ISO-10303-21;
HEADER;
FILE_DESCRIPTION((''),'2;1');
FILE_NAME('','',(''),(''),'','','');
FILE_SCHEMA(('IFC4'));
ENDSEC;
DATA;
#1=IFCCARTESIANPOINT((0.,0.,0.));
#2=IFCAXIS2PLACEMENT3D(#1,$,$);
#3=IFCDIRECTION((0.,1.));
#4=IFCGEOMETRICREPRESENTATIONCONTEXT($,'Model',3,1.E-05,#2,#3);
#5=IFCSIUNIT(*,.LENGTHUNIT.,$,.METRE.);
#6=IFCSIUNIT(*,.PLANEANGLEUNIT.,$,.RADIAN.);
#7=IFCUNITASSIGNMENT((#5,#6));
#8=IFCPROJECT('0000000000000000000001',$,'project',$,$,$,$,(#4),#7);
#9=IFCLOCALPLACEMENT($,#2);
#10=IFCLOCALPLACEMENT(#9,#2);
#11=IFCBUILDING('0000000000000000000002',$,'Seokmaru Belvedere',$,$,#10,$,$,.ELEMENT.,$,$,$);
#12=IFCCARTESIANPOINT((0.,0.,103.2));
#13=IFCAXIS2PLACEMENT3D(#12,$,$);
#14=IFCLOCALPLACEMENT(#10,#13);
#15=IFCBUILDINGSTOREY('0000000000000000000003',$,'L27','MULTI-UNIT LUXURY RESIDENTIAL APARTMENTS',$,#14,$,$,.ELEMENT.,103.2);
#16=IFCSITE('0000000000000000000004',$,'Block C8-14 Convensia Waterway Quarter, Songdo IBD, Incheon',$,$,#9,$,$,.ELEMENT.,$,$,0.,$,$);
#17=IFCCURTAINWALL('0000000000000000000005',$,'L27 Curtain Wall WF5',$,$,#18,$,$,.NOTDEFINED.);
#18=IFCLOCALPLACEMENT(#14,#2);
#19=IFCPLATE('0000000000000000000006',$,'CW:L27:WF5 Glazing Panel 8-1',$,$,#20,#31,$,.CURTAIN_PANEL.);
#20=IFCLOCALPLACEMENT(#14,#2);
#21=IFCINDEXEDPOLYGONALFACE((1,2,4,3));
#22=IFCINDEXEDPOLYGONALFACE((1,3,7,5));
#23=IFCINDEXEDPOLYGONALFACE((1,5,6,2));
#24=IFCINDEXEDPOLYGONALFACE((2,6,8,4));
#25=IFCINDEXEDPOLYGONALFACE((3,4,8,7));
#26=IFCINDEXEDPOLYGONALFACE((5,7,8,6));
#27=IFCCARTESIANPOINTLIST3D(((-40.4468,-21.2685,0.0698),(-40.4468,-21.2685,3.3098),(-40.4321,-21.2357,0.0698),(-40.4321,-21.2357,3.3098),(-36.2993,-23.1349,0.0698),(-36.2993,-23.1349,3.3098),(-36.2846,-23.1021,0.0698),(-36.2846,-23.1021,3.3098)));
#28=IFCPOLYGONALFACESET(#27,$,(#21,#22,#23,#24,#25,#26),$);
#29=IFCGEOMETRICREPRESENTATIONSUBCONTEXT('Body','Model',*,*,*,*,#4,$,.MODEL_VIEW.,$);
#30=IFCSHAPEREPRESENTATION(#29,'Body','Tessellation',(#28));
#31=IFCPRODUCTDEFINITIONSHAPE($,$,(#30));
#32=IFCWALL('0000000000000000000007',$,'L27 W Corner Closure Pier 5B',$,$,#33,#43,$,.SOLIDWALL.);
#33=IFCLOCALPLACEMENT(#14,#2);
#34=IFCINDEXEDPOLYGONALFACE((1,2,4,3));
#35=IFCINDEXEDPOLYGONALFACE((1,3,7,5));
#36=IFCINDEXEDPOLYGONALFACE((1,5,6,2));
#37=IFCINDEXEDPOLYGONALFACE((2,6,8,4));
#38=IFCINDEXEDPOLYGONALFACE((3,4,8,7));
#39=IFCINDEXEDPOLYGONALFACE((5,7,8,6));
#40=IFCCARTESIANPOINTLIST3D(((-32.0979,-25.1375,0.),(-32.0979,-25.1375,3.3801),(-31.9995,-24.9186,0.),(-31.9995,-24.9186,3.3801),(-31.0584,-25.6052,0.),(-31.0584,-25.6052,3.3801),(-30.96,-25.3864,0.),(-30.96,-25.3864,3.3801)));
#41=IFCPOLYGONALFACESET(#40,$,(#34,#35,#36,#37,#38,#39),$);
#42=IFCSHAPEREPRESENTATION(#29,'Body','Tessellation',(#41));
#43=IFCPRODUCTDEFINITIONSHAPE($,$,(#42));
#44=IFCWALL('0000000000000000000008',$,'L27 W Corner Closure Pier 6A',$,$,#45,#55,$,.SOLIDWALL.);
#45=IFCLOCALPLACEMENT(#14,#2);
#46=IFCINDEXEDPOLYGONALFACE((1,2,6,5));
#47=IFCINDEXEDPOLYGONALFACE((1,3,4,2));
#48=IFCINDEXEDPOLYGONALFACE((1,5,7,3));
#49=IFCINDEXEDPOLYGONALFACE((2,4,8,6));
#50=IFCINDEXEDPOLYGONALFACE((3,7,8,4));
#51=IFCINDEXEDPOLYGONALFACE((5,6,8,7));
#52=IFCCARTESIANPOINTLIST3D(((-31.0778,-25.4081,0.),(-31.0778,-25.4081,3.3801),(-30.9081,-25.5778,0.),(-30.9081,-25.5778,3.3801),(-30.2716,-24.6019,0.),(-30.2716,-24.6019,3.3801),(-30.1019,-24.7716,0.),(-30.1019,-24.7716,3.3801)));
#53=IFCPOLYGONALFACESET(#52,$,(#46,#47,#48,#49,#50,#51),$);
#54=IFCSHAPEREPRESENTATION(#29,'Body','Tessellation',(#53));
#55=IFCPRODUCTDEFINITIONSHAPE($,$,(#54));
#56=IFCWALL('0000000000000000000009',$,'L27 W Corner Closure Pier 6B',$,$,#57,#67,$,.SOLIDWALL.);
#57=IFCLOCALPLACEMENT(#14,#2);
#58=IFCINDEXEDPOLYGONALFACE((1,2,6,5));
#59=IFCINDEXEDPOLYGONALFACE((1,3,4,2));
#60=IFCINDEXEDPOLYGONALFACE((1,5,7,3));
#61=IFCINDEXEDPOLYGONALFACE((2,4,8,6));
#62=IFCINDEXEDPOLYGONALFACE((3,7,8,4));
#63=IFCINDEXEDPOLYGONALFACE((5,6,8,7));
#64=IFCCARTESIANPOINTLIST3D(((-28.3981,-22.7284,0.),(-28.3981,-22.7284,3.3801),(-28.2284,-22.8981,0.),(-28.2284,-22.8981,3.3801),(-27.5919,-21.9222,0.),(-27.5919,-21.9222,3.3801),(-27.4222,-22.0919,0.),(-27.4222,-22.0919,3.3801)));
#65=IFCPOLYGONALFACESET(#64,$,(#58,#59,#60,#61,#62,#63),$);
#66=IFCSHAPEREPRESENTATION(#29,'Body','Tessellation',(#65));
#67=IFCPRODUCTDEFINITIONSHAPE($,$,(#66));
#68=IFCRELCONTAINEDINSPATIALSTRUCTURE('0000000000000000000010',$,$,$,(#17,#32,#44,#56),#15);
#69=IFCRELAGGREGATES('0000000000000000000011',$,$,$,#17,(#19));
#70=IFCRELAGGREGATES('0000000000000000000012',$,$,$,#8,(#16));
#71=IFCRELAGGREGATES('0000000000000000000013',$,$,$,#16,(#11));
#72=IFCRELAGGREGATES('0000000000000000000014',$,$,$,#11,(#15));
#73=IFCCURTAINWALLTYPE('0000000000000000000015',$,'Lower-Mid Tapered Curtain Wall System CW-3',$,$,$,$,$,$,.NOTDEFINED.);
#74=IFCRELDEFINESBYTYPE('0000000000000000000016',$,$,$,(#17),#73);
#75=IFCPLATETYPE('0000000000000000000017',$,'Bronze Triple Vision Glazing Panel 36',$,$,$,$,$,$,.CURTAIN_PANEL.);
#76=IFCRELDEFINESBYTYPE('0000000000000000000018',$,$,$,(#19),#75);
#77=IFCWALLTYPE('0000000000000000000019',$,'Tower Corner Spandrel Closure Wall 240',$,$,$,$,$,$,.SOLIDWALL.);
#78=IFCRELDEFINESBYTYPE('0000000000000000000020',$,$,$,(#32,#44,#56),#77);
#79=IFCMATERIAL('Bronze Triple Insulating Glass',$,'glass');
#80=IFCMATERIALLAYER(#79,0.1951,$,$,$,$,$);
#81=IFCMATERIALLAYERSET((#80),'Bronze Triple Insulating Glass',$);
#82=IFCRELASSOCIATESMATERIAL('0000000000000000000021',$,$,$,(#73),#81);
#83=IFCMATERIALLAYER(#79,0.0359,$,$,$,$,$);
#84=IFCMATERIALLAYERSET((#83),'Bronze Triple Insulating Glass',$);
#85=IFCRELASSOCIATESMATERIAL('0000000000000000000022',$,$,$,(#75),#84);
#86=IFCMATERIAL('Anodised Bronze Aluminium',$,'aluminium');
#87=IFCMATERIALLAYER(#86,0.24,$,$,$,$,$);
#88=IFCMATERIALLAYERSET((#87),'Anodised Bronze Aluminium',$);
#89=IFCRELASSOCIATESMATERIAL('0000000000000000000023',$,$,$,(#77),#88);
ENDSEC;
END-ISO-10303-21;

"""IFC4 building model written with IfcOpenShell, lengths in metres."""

from ifc_helpers import new_model, si_unit, direction, frame, frame_2d, origin, origin_2d, place, context, subcontext, project, spatial, rectangle, extrude, source, transform, mapped, material, layer, layer_set, type_object, element, aggregate, save


model = new_model("IFC4")

# Units and contexts
model_context = context("Model", 3, precision=1e-05, world=origin(), true_north=direction((0.0, 1.0)))
body_context = subcontext(model_context, "Body", "Model", "MODEL_VIEW")
ifc_project = project(units=[si_unit("LENGTHUNIT", "METRE"), si_unit("PLANEANGLEUNIT", "RADIAN")], contexts=[model_context])

# Site, building, storey
site_placement = place(None, origin())
site = spatial("IfcSite", under=ifc_project, at=site_placement, Name="Block C8-14 Convensia Waterway Quarter, Songdo IBD, Incheon", CompositionType="ELEMENT", RefElevation=0.0)
building_placement = place(site_placement, origin())
building = spatial("IfcBuilding", under=site, at=building_placement, Name="Seokmaru Belvedere", CompositionType="ELEMENT")
storey_placement = place(building_placement, frame((0.0, 0.0, 103.2)))
storey = spatial("IfcBuildingStorey", under=building, at=storey_placement, Name="L27", Description="MULTI-UNIT LUXURY RESIDENTIAL APARTMENTS", CompositionType="ELEMENT", Elevation=103.2)

# Curtain wall
ifc_material_1 = material(Name="Bronze Triple Insulating Glass", Category="glass")
ifc_layer_1 = layer(ifc_material_1, 0.1951)
ifc_layer_set_1 = layer_set([ifc_layer_1], Name="Bronze Triple Insulating Glass")
curtain_wall_type = type_object("IfcCurtainWallType", Name="Lower-Mid Tapered Curtain Wall System CW-3", PredefinedType="NOTDEFINED", material=ifc_layer_set_1)
ifc_material_2 = material(Name="Anodised Bronze Aluminium", Category="aluminium")
curtain_wall_1_placement = place(storey_placement, origin())
curtain_wall_1 = element("IfcCurtainWall", 1, at=curtain_wall_1_placement, inside=storey, type_object=curtain_wall_type, Name="L27 Curtain Wall WF5", PredefinedType="NOTDEFINED")

# Plate
ifc_layer_2 = layer(ifc_material_1, 0.0359)
ifc_layer_set_2 = layer_set([ifc_layer_2], Name="Bronze Triple Insulating Glass")
plate_type = type_object("IfcPlateType", Name="Bronze Triple Vision Glazing Panel 36", PredefinedType="CURTAIN_PANEL", material=ifc_layer_set_2)
shared_shape_1 = source(origin(), body_context, "Body", "SweptSolid", [
    extrude(rectangle(XDim=4.5481, YDim=0.0359, at=origin_2d()), origin(), (0.0, 0.0, 1.0), 3.24),
])
plate_1_placement = place(storey_placement, frame((-38.3657, -22.1853, 0.0698), z_axis=(0.0, 0.0, 1.0), x_axis=(0.911921, -0.410366, 0.0)))
plate_1 = element("IfcPlate", 2, at=plate_1_placement, type_object=plate_type, Name="CW:L27:WF5 Glazing Panel 8-1", PredefinedType="CURTAIN_PANEL", context=body_context, shape_type="MappedRepresentation", body=[
    mapped(shared_shape_1, transform((0.0, 0.0, 0.0), scale=1.0)),
])
aggregate(curtain_wall_1, [plate_1])

# Walls
ifc_layer_3 = layer(ifc_material_2, 0.24)
ifc_layer_set_3 = layer_set([ifc_layer_3], Name="Anodised Bronze Aluminium")
wall_type_1 = type_object("IfcWallType", Name="Tower Corner Spandrel Closure Wall 240", PredefinedType="SOLIDWALL", material=ifc_layer_set_3)
wall_1_placement = place(storey_placement, frame((-32.0486, -25.0281, 0.0), z_axis=(0.0, 0.0, 1.0), x_axis=(0.91193, -0.410347, 0.0)))
element("IfcWall", 3, at=wall_1_placement, inside=storey, type_object=wall_type_1, Name="L27 W Corner Closure Pier 5B", PredefinedType="SOLIDWALL", context=body_context, shape_type="SweptSolid", body=[
    extrude(rectangle(XDim=1.1399, YDim=0.24, at=frame_2d((0.5698, 0.0))), origin(), (0.0, 0.0, 1.0), 3.3801),
])
for number, where, z_axis, x_axis, name in (
    (4, (-30.9929, -25.4929, 0.0), (0.0, 0.0, 1.0), (0.707107, 0.707107, 0.0), "L27 W Corner Closure Pier 6A"),
    (5, (-28.3132, -22.8132, 0.0), (0.0, 0.0, 1.0), (0.707107, 0.707107, 0.0), "L27 W Corner Closure Pier 6B"),
):
    element("IfcWall", number, at=place(storey_placement, frame(where, z_axis=z_axis, x_axis=x_axis)), inside=storey, type_object=wall_type_1, Name=name, PredefinedType="SOLIDWALL", context=body_context, shape_type="SweptSolid", body=[
        extrude(rectangle(XDim=1.1401, YDim=0.24, at=frame_2d((0.5701, 0.0))), origin(), (0.0, 0.0, 1.0), 3.3801),
    ])

save(model, "model.ifc")
